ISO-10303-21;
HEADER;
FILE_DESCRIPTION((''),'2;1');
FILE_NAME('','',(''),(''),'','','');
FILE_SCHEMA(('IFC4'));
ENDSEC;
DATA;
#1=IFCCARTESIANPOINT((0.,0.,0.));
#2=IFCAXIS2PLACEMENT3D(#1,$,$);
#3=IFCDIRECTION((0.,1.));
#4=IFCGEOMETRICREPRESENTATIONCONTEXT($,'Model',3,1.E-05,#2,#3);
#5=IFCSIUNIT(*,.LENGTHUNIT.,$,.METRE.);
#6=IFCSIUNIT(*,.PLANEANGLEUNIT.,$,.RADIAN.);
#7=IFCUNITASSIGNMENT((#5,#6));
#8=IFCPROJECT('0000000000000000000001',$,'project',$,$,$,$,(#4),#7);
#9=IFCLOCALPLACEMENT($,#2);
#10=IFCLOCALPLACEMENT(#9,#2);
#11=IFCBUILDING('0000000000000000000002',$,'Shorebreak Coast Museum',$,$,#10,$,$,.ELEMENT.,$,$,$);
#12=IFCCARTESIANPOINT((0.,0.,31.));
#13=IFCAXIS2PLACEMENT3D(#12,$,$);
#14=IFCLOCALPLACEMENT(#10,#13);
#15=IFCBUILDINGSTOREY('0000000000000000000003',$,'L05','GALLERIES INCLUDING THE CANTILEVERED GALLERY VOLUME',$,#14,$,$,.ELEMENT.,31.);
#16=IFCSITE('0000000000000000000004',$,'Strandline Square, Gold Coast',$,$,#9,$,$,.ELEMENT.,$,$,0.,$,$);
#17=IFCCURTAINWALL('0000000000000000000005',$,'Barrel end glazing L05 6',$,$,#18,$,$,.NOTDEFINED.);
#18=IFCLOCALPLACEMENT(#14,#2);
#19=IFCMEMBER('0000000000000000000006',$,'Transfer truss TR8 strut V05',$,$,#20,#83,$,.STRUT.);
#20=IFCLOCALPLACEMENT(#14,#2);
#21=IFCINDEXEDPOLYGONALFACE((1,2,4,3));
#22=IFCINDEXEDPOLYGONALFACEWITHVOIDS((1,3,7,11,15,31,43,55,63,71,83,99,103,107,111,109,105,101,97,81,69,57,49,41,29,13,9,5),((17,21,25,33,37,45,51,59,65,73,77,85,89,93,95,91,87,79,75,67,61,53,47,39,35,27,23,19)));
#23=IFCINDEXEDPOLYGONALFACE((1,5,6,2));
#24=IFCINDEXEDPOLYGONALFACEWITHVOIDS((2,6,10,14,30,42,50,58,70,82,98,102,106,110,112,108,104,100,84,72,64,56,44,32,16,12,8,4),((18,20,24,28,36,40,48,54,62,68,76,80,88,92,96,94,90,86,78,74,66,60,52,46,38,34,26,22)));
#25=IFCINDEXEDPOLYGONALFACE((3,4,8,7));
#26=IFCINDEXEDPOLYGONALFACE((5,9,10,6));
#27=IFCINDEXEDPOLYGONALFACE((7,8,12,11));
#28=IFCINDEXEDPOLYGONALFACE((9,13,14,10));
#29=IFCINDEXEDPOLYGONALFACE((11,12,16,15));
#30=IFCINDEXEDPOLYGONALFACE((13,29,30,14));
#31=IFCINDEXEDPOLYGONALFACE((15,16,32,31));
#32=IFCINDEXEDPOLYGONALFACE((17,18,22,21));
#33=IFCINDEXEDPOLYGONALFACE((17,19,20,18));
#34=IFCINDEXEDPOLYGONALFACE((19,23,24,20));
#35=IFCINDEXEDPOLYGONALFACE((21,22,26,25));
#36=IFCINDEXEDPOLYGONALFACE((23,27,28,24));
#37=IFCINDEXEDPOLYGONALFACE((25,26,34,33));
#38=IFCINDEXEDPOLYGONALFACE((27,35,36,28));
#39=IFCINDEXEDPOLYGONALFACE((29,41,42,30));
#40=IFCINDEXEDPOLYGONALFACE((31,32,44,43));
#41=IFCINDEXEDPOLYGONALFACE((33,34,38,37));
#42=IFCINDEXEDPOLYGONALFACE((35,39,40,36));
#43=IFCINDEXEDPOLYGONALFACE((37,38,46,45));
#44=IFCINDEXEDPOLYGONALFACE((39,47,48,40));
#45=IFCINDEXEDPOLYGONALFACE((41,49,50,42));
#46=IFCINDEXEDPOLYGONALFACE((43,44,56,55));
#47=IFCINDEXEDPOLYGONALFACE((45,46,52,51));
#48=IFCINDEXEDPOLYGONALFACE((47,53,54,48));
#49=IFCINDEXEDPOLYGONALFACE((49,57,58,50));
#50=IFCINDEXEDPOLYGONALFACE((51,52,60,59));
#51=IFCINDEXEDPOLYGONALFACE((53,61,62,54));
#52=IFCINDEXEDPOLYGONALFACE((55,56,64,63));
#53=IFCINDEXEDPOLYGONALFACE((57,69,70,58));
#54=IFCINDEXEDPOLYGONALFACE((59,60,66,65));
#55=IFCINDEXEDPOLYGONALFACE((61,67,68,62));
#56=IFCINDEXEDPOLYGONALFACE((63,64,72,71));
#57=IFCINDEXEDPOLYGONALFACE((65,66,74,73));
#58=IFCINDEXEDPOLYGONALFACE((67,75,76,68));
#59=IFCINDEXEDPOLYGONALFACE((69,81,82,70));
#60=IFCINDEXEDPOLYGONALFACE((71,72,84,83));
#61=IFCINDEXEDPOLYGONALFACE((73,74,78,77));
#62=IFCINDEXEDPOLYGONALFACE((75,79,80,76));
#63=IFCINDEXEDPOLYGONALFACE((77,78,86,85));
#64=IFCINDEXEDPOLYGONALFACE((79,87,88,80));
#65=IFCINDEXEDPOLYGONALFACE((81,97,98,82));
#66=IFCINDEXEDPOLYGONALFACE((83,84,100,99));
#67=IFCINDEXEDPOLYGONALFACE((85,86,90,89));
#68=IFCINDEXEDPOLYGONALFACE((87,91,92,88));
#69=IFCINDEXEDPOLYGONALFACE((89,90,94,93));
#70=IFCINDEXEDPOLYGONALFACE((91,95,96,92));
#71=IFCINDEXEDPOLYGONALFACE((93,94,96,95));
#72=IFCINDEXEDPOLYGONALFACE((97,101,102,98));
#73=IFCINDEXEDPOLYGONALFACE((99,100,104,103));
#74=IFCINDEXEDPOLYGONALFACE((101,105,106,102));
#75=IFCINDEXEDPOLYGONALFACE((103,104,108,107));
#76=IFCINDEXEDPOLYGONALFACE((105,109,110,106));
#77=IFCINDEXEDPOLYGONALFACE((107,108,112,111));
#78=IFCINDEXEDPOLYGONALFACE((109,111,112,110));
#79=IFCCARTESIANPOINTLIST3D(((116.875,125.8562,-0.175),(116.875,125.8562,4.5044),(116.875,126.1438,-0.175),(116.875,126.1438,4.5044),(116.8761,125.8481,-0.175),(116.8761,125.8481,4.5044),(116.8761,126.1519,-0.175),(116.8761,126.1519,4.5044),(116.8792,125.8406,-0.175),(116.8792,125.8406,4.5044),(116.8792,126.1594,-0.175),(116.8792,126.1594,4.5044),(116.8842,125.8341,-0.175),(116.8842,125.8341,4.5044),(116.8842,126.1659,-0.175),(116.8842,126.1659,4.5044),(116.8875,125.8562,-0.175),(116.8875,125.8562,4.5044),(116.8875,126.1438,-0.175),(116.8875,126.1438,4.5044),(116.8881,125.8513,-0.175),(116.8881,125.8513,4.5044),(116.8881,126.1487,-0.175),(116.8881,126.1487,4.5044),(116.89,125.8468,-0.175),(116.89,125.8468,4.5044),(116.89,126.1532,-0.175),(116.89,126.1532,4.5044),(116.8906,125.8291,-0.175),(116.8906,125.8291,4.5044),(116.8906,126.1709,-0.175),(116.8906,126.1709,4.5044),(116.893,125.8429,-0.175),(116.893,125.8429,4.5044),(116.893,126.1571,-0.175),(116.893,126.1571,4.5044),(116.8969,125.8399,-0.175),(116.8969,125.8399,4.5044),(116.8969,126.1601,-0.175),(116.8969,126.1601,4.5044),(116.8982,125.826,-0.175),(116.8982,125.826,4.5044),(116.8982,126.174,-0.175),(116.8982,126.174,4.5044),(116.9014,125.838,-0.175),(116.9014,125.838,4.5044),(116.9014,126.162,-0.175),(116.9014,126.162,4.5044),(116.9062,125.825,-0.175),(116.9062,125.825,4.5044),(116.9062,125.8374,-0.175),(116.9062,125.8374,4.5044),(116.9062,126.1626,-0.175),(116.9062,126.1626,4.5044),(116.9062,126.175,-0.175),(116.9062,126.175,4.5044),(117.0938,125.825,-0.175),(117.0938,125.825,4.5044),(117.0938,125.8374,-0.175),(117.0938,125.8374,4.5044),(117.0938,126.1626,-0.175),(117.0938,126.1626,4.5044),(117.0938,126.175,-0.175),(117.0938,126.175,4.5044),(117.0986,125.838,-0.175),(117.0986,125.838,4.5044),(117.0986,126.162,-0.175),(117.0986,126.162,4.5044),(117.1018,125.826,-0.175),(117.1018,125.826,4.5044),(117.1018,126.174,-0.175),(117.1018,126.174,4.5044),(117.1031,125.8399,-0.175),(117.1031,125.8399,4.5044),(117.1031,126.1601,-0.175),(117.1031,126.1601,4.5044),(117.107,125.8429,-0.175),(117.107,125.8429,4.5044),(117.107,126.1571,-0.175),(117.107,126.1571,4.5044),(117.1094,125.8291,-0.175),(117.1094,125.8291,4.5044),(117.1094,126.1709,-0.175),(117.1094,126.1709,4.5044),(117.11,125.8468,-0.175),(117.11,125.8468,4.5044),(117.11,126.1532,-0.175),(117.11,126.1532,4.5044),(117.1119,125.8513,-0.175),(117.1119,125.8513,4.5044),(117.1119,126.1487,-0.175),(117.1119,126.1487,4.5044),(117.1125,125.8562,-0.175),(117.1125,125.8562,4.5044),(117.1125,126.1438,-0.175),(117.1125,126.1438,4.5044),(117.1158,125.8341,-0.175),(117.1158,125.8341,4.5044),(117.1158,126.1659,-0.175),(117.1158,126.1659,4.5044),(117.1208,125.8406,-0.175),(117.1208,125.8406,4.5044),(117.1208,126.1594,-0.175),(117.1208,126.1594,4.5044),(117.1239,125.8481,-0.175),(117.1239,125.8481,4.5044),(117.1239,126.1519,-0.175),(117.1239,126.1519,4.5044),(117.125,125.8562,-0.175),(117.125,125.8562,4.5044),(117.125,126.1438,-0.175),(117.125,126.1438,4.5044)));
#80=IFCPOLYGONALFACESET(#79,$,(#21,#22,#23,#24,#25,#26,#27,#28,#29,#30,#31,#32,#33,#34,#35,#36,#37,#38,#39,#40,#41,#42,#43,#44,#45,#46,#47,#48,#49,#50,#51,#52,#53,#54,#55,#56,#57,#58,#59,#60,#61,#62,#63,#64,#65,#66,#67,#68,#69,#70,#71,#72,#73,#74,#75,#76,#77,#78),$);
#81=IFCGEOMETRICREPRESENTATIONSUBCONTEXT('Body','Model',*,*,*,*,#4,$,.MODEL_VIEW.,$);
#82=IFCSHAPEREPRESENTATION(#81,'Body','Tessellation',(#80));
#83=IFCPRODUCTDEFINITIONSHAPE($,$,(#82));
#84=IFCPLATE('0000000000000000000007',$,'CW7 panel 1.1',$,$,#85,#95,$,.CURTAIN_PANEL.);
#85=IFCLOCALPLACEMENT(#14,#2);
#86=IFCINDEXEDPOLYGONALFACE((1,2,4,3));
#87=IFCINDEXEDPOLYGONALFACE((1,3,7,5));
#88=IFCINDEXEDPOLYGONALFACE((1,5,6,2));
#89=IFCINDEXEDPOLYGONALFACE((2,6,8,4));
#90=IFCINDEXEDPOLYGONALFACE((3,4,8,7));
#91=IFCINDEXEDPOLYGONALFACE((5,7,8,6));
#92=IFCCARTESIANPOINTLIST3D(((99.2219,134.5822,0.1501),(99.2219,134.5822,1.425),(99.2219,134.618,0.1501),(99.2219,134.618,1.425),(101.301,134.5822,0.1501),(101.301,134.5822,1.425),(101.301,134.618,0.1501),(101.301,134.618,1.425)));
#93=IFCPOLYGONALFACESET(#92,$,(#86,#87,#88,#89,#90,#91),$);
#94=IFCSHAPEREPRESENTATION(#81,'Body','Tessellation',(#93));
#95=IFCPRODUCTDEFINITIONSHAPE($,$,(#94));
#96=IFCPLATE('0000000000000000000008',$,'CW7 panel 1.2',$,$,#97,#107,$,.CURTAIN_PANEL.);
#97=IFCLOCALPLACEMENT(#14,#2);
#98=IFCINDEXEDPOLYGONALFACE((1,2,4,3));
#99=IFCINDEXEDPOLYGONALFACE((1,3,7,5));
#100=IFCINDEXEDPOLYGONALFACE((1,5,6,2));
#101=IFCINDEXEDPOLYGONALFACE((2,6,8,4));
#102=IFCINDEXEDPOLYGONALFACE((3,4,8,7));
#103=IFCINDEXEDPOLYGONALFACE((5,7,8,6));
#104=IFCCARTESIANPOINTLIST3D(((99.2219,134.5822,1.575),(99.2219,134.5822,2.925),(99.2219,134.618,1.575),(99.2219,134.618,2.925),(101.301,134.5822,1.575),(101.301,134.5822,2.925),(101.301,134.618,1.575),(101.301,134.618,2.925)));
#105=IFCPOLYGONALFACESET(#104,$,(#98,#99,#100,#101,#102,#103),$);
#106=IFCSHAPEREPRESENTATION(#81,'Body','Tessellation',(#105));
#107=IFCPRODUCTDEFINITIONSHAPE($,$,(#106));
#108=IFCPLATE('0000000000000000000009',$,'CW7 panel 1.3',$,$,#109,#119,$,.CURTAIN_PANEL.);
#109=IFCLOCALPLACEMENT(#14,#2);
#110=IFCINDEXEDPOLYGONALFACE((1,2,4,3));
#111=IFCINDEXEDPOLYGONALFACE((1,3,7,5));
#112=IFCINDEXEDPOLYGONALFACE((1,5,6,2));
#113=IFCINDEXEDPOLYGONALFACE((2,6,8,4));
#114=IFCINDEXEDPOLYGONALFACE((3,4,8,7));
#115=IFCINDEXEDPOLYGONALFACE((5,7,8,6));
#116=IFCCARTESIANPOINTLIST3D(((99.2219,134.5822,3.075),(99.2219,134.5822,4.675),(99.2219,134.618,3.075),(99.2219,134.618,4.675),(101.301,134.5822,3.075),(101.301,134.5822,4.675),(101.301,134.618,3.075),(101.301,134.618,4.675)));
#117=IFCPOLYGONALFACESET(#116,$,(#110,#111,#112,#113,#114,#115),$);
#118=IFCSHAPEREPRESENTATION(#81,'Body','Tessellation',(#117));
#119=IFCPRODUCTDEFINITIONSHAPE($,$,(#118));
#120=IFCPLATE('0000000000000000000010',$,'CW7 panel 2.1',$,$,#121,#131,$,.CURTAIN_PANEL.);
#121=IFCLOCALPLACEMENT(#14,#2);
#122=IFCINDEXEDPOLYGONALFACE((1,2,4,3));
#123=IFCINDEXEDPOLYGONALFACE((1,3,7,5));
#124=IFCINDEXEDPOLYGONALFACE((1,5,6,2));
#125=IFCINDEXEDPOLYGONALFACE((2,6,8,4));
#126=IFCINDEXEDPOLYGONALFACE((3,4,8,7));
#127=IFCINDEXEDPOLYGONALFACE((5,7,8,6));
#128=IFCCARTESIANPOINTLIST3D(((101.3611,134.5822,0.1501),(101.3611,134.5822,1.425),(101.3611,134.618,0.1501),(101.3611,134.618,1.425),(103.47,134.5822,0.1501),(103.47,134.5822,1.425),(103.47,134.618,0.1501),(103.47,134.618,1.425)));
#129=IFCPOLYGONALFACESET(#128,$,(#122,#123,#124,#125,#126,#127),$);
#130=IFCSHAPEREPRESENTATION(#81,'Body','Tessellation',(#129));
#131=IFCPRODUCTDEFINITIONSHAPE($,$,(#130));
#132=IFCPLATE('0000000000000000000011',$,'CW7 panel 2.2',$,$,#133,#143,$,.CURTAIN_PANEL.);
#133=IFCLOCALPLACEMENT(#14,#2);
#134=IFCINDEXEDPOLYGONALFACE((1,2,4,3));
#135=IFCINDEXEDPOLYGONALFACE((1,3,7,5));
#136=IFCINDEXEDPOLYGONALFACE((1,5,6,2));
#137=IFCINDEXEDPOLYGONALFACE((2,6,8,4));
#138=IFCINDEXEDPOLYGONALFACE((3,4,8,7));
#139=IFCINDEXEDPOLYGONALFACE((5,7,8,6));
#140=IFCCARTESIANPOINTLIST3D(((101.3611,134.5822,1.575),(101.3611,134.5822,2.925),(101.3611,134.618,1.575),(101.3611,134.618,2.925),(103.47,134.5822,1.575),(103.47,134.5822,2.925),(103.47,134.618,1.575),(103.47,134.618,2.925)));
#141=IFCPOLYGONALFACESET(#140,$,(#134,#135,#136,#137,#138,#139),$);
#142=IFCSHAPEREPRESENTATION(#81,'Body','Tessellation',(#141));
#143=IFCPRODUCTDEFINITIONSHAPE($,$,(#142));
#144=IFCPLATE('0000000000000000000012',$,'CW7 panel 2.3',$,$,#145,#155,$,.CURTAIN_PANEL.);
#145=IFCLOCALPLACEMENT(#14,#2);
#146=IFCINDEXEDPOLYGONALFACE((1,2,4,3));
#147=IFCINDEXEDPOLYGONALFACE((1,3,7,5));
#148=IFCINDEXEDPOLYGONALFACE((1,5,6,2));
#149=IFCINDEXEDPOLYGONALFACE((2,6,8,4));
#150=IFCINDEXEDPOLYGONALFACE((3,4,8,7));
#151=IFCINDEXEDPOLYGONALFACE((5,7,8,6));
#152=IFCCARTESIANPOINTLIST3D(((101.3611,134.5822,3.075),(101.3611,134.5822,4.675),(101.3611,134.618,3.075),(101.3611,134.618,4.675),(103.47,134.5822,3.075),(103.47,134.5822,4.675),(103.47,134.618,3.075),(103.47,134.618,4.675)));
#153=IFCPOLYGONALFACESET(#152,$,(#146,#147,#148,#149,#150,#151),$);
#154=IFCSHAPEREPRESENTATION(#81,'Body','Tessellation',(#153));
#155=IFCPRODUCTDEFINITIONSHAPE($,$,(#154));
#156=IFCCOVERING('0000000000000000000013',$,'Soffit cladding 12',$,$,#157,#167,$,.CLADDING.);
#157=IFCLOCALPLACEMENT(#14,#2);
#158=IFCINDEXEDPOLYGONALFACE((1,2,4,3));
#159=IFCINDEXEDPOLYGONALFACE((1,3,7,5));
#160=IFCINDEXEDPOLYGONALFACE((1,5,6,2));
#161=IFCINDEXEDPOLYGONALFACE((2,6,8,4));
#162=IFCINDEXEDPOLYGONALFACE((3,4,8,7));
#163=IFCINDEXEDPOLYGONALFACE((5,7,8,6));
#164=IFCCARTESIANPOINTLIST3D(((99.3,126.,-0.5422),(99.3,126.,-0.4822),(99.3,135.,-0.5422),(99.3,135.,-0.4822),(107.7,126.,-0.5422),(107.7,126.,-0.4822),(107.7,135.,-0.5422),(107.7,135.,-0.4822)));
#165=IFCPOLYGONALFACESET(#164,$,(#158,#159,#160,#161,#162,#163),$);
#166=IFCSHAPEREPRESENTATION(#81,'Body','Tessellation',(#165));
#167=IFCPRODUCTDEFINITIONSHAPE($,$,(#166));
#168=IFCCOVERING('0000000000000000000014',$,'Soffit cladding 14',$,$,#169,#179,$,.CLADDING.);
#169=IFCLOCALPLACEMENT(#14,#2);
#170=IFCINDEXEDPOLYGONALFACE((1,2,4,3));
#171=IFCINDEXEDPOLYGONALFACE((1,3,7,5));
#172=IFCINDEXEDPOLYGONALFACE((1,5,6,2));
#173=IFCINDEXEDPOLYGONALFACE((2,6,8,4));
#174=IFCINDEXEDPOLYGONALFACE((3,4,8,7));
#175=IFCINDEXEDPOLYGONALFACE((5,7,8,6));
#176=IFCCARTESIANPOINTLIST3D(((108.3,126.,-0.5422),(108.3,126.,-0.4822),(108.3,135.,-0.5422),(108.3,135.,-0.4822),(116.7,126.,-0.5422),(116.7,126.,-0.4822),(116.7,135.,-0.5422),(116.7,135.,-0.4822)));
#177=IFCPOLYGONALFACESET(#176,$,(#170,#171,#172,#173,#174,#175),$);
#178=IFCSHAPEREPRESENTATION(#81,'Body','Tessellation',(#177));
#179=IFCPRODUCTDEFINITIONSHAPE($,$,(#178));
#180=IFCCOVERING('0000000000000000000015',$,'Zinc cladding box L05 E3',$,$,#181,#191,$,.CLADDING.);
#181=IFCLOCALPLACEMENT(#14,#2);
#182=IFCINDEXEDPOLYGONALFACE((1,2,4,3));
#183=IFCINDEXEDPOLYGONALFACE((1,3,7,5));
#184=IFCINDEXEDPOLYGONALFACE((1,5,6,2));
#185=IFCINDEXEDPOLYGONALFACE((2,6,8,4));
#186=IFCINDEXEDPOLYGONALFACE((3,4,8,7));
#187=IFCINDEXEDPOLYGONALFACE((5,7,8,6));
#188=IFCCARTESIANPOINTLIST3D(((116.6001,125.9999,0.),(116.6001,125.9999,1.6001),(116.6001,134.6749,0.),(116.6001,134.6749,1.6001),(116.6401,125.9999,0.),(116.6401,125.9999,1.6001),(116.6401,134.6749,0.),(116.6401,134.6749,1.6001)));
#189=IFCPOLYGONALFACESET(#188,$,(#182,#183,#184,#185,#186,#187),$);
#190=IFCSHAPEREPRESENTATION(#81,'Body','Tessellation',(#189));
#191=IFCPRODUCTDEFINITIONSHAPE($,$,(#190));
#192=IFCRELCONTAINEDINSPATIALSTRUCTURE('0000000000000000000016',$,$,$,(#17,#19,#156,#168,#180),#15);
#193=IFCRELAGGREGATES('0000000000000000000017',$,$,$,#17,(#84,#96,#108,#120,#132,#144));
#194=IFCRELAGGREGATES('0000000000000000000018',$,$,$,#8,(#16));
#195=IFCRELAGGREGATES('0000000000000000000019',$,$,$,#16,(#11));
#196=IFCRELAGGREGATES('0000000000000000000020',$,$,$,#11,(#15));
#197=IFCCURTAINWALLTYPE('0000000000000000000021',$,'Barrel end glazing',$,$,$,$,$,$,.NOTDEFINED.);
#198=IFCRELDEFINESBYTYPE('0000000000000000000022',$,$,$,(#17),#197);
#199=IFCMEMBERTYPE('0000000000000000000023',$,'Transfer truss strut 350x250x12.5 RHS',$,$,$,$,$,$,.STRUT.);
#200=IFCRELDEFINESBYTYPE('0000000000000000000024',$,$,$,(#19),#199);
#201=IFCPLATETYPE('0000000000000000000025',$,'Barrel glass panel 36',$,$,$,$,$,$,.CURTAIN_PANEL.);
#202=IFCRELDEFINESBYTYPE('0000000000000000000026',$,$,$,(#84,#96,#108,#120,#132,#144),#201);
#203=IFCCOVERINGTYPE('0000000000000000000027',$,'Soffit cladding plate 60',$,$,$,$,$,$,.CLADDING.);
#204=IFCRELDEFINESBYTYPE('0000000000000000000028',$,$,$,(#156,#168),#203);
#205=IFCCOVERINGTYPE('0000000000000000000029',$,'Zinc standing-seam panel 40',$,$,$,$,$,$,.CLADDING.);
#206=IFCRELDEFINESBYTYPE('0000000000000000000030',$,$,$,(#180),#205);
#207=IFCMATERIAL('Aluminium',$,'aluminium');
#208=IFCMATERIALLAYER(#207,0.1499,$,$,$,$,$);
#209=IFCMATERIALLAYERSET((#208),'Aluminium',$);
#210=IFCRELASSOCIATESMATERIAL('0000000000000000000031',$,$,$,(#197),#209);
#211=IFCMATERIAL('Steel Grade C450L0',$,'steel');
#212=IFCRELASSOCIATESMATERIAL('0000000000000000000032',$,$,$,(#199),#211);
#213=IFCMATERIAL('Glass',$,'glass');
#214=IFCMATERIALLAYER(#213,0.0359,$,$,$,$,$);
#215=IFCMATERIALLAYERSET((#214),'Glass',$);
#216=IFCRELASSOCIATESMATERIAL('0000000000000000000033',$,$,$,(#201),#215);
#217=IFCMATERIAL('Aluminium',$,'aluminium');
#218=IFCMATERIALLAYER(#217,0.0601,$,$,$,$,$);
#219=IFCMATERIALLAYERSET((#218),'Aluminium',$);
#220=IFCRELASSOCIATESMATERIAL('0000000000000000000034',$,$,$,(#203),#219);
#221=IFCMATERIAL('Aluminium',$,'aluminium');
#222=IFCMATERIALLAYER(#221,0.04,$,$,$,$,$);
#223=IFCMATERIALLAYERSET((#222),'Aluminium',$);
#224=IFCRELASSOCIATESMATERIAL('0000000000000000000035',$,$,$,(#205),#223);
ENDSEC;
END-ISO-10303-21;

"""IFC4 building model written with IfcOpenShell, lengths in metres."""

from ifc_helpers import new_model, si_unit, direction, frame, origin, origin_2d, place, context, subcontext, project, spatial, rectangle, hollow_rectangle, extrude, material, layer, layer_set, material_profile, profile_set, type_object, element, aggregate, save


model = new_model("IFC4")

# Units and contexts
model_context = context("Model", 3, precision=1e-05, world=origin(), true_north=direction((0.0, 1.0)))
body_context = subcontext(model_context, "Body", "Model", "MODEL_VIEW")
ifc_project = project(units=[si_unit("LENGTHUNIT", "METRE"), si_unit("PLANEANGLEUNIT", "RADIAN")], contexts=[model_context])

# Site, building, storey
site_placement = place(None, origin())
site = spatial("IfcSite", under=ifc_project, at=site_placement, Name="Strandline Square, Gold Coast", CompositionType="ELEMENT", RefElevation=0.0)
building_placement = place(site_placement, origin())
building = spatial("IfcBuilding", under=site, at=building_placement, Name="Shorebreak Coast Museum", CompositionType="ELEMENT")
storey_placement = place(building_placement, frame((0.0, 0.0, 31.0)))
storey = spatial("IfcBuildingStorey", under=building, at=storey_placement, Name="L05", Description="GALLERIES INCLUDING THE CANTILEVERED GALLERY VOLUME", CompositionType="ELEMENT", Elevation=31.0)

# Curtain wall
ifc_material_1 = material(Name="Aluminium", Category="aluminium")
ifc_layer_1 = layer(ifc_material_1, 0.1499)
ifc_layer_set_1 = layer_set([ifc_layer_1], Name="Aluminium")
curtain_wall_type = type_object("IfcCurtainWallType", Name="Barrel end glazing", PredefinedType="NOTDEFINED", material=ifc_layer_set_1)
curtain_wall_placement = place(storey_placement, origin())
curtain_wall = element("IfcCurtainWall", 1, at=curtain_wall_placement, inside=storey, type_object=curtain_wall_type, Name="Barrel end glazing L05 6", PredefinedType="NOTDEFINED")

# Member
ifc_material_2 = material(Name="Steel Grade C450L0", Category="steel")
ifc_material_profile_1 = material_profile(ifc_material_2, hollow_rectangle(XDim=0.25, YDim=0.3501, WallThickness=0.0125, InnerFilletRadius=0.0188, OuterFilletRadius=0.0312, at=origin_2d()), Name="350x250x12.5 RHS")
ifc_profile_set_1 = profile_set([ifc_material_profile_1], Name="Steel Grade C450L0")
member_type_1 = type_object("IfcMemberType", Name="Transfer truss strut 350x250x12.5 RHS", PredefinedType="STRUT", material=ifc_profile_set_1)
member_1_placement = place(storey_placement, frame((117.0, 126.0, -0.175), z_axis=(0.0, 0.0, 1.0), x_axis=(1.0, 0.0, 0.0)))
element("IfcMember", 2, at=member_1_placement, inside=storey, type_object=member_type_1, Name="Transfer truss TR8 strut V05", PredefinedType="STRUT", context=body_context, shape_type="SweptSolid", body=[
    extrude(hollow_rectangle(XDim=0.25, YDim=0.3501, WallThickness=0.0125, InnerFilletRadius=0.0188, OuterFilletRadius=0.0312, at=origin_2d()), origin(), (0.0, 0.0, 1.0), 4.6794),
])

# Plates
ifc_material_3 = material(Name="Glass", Category="glass")
ifc_layer_2 = layer(ifc_material_3, 0.0359)
ifc_layer_set_2 = layer_set([ifc_layer_2], Name="Glass")
plate_type = type_object("IfcPlateType", Name="Barrel glass panel 36", PredefinedType="CURTAIN_PANEL", material=ifc_layer_set_2)
plate_1_placement = place(storey_placement, frame((100.2615, 134.6001, 0.1501), z_axis=(0.0, 0.0, 1.0), x_axis=(1.0, 0.0, 0.0)))
plate_1 = element("IfcPlate", 3, at=plate_1_placement, type_object=plate_type, Name="CW7 panel 1.1", PredefinedType="CURTAIN_PANEL", context=body_context, shape_type="SweptSolid", body=[
    extrude(rectangle(XDim=2.0791, YDim=0.0359, at=origin_2d()), origin(), (0.0, 0.0, 1.0), 1.2749),
])
plate_2_placement = place(storey_placement, frame((100.2615, 134.6001, 1.575), z_axis=(0.0, 0.0, 1.0), x_axis=(1.0, 0.0, 0.0)))
plate_2 = element("IfcPlate", 4, at=plate_2_placement, type_object=plate_type, Name="CW7 panel 1.2", PredefinedType="CURTAIN_PANEL", context=body_context, shape_type="SweptSolid", body=[
    extrude(rectangle(XDim=2.0791, YDim=0.0359, at=origin_2d()), origin(), (0.0, 0.0, 1.0), 1.3501),
])
plate_3_placement = place(storey_placement, frame((100.2615, 134.6001, 3.075), z_axis=(0.0, 0.0, 1.0), x_axis=(1.0, 0.0, 0.0)))
plate_3 = element("IfcPlate", 5, at=plate_3_placement, type_object=plate_type, Name="CW7 panel 1.3", PredefinedType="CURTAIN_PANEL", context=body_context, shape_type="SweptSolid", body=[
    extrude(rectangle(XDim=2.0791, YDim=0.0359, at=origin_2d()), origin(), (0.0, 0.0, 1.0), 1.6001),
])
plate_4_placement = place(storey_placement, frame((102.4155, 134.6001, 0.1501), z_axis=(0.0, 0.0, 1.0), x_axis=(1.0, 0.0, 0.0)))
plate_4 = element("IfcPlate", 6, at=plate_4_placement, type_object=plate_type, Name="CW7 panel 2.1", PredefinedType="CURTAIN_PANEL", context=body_context, shape_type="SweptSolid", body=[
    extrude(rectangle(XDim=2.1089, YDim=0.0359, at=origin_2d()), origin(), (0.0, 0.0, 1.0), 1.2749),
])
plate_5_placement = place(storey_placement, frame((102.4155, 134.6001, 1.575), z_axis=(0.0, 0.0, 1.0), x_axis=(1.0, 0.0, 0.0)))
plate_5 = element("IfcPlate", 7, at=plate_5_placement, type_object=plate_type, Name="CW7 panel 2.2", PredefinedType="CURTAIN_PANEL", context=body_context, shape_type="SweptSolid", body=[
    extrude(rectangle(XDim=2.1089, YDim=0.0359, at=origin_2d()), origin(), (0.0, 0.0, 1.0), 1.3501),
])
plate_6_placement = place(storey_placement, frame((102.4155, 134.6001, 3.075), z_axis=(0.0, 0.0, 1.0), x_axis=(1.0, 0.0, 0.0)))
plate_6 = element("IfcPlate", 8, at=plate_6_placement, type_object=plate_type, Name="CW7 panel 2.3", PredefinedType="CURTAIN_PANEL", context=body_context, shape_type="SweptSolid", body=[
    extrude(rectangle(XDim=2.1089, YDim=0.0359, at=origin_2d()), origin(), (0.0, 0.0, 1.0), 1.6001),
])
aggregate(curtain_wall, [plate_1, plate_2, plate_3, plate_4, plate_5, plate_6])

# Coverings
ifc_material_4 = material(Name="Aluminium", Category="aluminium")
ifc_layer_3 = layer(ifc_material_4, 0.0601)
ifc_layer_set_3 = layer_set([ifc_layer_3], Name="Aluminium")
covering_type_1 = type_object("IfcCoveringType", Name="Soffit cladding plate 60", PredefinedType="CLADDING", material=ifc_layer_set_3)
for number, where, z_axis, x_axis, name in (
    (9, (103.5, 130.5, -0.5422), (0.0, 0.0, 1.0), (1.0, 0.0, 0.0), "Soffit cladding 12"),
    (10, (112.5, 130.5, -0.5422), (0.0, 0.0, 1.0), (1.0, 0.0, 0.0), "Soffit cladding 14"),
):
    element("IfcCovering", number, at=place(storey_placement, frame(where, z_axis=z_axis, x_axis=x_axis)), inside=storey, type_object=covering_type_1, Name=name, PredefinedType="CLADDING", context=body_context, shape_type="SweptSolid", body=[
        extrude(rectangle(XDim=8.3999, YDim=9.0, at=origin_2d()), origin(), (0.0, 0.0, 1.0), 0.0601),
    ])
ifc_material_5 = material(Name="Aluminium", Category="aluminium")
ifc_layer_4 = layer(ifc_material_5, 0.04)
ifc_layer_set_4 = layer_set([ifc_layer_4], Name="Aluminium")
covering_type_2 = type_object("IfcCoveringType", Name="Zinc standing-seam panel 40", PredefinedType="CLADDING", material=ifc_layer_set_4)
covering_1_placement = place(storey_placement, frame((116.6201, 130.3374, 0.0), z_axis=(0.0, 0.0, 1.0), x_axis=(1.0, 0.0, 0.0)))
element("IfcCovering", 11, at=covering_1_placement, inside=storey, type_object=covering_type_2, Name="Zinc cladding box L05 E3", PredefinedType="CLADDING", context=body_context, shape_type="SweptSolid", body=[
    extrude(rectangle(XDim=0.04, YDim=8.675, at=origin_2d()), origin(), (0.0, 0.0, 1.0), 1.6001),
])

save(model, "model.ifc")
